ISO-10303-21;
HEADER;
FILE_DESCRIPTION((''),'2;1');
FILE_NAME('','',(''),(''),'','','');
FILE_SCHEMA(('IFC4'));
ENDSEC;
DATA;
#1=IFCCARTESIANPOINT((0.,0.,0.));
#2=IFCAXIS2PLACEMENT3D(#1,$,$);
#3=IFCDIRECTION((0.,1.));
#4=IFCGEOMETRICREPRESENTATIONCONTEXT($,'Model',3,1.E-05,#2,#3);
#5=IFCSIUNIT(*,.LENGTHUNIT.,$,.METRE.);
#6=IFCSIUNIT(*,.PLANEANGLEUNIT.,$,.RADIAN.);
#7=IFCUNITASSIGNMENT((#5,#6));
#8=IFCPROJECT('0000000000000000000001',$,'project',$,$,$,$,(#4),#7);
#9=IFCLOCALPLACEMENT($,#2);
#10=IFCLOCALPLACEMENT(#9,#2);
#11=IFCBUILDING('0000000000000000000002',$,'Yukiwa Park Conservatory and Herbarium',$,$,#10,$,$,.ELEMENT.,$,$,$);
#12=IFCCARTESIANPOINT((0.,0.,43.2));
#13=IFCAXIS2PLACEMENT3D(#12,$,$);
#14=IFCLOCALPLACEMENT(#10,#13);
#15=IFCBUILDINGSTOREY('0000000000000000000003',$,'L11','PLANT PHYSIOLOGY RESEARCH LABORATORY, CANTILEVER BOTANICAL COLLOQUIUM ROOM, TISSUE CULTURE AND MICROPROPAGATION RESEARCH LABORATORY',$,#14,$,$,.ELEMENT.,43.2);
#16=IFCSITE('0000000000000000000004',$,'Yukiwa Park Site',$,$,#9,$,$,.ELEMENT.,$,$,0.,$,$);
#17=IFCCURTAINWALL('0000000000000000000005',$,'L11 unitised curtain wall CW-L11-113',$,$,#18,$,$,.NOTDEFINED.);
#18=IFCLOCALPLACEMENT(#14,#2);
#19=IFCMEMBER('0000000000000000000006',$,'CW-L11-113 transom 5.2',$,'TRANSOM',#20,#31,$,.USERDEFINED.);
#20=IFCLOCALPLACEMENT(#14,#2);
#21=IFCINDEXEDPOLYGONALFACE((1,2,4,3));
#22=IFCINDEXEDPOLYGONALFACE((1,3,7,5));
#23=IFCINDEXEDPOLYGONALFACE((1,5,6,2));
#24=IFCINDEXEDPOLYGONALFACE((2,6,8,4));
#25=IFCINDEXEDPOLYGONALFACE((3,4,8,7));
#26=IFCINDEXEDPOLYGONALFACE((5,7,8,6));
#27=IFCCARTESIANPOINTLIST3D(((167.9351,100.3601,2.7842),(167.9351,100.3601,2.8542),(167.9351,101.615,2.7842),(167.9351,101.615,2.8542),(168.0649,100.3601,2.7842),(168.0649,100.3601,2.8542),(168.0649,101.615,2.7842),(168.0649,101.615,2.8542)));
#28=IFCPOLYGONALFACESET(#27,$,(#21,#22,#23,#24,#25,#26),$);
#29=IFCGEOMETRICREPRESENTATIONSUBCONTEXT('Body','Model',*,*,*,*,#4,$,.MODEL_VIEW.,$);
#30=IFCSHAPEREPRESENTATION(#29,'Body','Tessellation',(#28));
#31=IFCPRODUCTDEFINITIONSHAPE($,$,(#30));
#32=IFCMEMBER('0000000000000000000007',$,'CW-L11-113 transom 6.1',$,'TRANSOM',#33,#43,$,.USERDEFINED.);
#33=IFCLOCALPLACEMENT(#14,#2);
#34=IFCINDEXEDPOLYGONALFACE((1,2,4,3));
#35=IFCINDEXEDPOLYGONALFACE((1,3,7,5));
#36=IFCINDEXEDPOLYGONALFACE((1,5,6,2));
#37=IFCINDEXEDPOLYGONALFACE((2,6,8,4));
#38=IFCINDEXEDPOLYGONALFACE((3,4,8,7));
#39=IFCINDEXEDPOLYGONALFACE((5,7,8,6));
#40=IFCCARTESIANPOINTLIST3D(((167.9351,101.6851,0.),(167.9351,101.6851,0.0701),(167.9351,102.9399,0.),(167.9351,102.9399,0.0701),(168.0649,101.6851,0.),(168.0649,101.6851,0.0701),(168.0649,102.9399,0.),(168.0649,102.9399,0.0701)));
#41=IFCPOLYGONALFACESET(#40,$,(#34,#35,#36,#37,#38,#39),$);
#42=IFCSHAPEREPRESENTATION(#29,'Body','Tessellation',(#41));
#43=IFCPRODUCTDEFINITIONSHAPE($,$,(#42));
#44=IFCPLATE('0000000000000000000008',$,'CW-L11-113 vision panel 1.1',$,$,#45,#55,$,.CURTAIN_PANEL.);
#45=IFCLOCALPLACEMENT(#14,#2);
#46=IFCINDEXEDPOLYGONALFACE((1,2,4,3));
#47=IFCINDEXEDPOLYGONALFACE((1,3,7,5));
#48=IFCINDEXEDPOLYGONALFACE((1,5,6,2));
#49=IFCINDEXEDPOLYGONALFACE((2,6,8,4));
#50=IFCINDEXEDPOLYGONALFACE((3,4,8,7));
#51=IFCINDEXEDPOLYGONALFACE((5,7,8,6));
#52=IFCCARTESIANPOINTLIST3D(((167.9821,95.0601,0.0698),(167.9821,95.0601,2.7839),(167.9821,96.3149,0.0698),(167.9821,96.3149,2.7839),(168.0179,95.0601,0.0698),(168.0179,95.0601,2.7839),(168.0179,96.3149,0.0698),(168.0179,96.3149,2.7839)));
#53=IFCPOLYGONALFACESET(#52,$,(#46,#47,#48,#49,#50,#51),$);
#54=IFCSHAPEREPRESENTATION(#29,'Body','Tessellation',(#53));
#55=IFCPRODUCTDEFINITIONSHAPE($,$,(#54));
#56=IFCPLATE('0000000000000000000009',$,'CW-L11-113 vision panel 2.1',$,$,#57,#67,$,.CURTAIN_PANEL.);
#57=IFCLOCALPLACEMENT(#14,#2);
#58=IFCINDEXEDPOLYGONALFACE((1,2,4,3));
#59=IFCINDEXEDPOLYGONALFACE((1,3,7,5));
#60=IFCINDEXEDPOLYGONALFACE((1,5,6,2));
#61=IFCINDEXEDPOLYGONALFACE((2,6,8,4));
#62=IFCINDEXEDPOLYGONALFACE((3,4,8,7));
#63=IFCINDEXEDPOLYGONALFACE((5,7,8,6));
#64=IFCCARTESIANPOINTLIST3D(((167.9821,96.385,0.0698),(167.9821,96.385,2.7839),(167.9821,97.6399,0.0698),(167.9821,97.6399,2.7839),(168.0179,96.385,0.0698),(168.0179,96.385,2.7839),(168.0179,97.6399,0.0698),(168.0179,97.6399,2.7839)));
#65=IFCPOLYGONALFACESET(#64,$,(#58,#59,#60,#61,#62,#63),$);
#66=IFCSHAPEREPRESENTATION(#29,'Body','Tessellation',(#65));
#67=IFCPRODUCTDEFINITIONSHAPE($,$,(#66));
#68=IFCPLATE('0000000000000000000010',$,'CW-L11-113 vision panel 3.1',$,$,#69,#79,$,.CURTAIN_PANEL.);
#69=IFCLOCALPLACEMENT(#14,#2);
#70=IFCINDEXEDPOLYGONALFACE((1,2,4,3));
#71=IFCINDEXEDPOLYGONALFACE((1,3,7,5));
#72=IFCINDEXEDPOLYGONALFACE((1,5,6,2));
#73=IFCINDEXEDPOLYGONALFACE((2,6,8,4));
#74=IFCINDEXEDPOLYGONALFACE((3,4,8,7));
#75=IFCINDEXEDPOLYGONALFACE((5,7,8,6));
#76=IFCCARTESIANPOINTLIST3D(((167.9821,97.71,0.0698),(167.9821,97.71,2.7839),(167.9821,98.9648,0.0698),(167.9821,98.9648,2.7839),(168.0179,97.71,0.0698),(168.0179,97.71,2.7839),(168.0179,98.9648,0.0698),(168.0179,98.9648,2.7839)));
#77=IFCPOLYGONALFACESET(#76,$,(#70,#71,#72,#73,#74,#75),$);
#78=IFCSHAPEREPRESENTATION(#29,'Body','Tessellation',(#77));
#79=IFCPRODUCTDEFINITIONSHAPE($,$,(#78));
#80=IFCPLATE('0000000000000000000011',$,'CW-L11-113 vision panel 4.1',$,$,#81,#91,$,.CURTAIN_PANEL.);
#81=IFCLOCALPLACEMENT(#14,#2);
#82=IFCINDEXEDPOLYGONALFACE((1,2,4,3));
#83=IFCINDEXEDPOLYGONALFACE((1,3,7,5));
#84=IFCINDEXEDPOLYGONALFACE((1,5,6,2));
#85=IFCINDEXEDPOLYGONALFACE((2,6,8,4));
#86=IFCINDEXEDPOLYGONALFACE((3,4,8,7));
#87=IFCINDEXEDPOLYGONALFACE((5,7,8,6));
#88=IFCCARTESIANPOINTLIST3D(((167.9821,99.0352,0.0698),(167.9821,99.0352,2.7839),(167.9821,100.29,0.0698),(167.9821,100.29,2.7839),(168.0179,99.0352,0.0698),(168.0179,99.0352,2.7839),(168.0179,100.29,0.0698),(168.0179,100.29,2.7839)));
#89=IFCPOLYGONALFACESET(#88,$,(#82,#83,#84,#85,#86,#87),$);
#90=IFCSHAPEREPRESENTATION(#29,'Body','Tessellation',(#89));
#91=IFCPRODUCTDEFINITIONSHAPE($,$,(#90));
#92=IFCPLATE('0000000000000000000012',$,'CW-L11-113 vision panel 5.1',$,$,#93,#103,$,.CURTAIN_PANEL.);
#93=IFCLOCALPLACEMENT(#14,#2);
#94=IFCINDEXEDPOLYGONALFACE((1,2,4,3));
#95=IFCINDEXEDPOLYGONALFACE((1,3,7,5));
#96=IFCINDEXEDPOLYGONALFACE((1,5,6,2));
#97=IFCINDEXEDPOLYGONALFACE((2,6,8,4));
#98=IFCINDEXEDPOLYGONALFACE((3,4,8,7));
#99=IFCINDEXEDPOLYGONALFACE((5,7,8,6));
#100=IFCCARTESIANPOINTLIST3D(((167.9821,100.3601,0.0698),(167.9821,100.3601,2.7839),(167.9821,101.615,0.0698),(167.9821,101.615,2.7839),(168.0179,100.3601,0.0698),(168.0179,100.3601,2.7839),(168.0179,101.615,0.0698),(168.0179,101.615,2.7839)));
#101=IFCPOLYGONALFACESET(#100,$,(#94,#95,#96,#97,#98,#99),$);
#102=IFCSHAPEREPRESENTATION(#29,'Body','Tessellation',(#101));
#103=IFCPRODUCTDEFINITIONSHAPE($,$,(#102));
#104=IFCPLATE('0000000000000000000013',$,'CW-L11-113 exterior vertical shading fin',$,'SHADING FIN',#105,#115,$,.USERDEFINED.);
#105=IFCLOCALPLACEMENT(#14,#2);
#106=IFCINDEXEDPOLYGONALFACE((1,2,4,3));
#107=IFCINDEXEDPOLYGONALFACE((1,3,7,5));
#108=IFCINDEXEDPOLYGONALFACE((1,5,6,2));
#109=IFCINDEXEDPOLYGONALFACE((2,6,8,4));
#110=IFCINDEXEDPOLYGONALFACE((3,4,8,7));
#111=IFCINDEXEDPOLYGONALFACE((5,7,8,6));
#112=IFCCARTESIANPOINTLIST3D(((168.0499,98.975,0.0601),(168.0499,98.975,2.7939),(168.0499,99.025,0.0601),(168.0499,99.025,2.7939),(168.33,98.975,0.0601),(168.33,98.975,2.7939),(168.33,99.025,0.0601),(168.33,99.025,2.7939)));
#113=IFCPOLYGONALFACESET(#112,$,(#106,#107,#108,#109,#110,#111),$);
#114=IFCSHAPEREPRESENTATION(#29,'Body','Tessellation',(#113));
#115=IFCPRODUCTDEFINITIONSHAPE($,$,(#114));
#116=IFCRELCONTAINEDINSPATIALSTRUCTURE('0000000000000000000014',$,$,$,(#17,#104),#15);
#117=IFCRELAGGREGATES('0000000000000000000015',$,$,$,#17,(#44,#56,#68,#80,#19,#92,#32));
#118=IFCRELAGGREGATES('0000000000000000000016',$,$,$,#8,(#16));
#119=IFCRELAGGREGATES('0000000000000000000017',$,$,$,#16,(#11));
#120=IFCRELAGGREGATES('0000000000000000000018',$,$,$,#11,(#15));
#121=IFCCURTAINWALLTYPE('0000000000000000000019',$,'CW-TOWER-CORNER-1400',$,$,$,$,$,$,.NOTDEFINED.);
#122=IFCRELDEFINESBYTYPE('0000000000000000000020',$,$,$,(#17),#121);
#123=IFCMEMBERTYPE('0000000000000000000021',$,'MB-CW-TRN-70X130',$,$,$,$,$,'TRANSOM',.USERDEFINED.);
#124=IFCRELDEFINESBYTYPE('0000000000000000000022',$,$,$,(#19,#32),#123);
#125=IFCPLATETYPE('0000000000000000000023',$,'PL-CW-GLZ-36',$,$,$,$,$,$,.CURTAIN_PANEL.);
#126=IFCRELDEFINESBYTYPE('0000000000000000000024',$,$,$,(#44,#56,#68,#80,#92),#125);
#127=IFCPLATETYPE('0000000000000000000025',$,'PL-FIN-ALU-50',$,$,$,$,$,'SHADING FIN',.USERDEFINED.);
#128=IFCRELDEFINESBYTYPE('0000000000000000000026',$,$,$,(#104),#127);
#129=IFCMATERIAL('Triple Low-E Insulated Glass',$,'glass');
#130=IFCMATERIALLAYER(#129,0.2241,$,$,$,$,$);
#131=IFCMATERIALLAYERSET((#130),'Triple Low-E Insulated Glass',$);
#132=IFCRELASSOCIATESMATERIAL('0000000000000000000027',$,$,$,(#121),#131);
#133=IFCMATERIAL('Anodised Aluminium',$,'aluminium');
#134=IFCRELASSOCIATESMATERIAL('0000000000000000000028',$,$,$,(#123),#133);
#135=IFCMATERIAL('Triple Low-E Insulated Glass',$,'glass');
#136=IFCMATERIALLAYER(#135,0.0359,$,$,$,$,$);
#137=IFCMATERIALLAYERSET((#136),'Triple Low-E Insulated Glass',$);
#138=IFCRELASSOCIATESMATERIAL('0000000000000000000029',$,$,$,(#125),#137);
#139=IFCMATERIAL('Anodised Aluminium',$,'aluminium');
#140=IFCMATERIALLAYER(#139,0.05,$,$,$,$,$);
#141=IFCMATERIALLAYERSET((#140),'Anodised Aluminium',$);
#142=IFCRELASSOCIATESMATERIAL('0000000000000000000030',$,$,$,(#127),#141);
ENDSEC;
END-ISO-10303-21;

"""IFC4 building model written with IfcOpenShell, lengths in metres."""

from ifc_helpers import new_model, si_unit, direction, frame, origin, origin_2d, place, context, subcontext, project, spatial, rectangle, extrude, material, layer, layer_set, type_object, element, aggregate, save


model = new_model("IFC4")

# Units and contexts
model_context = context("Model", 3, precision=1e-05, world=origin(), true_north=direction((0.0, 1.0)))
body_context = subcontext(model_context, "Body", "Model", "MODEL_VIEW")
ifc_project = project(units=[si_unit("LENGTHUNIT", "METRE"), si_unit("PLANEANGLEUNIT", "RADIAN")], contexts=[model_context])

# Site, building, storey
site_placement = place(None, origin())
site = spatial("IfcSite", under=ifc_project, at=site_placement, Name="Yukiwa Park Site", CompositionType="ELEMENT", RefElevation=0.0)
building_placement = place(site_placement, origin())
building = spatial("IfcBuilding", under=site, at=building_placement, Name="Yukiwa Park Conservatory and Herbarium", CompositionType="ELEMENT")
storey_placement = place(building_placement, frame((0.0, 0.0, 43.2)))
storey = spatial("IfcBuildingStorey", under=building, at=storey_placement, Name="L11", Description="PLANT PHYSIOLOGY RESEARCH LABORATORY, CANTILEVER BOTANICAL COLLOQUIUM ROOM, TISSUE CULTURE AND MICROPROPAGATION RESEARCH LABORATORY", CompositionType="ELEMENT", Elevation=43.2)

# Curtain wall, members, plates
ifc_material_1 = material(Name="Triple Low-E Insulated Glass", Category="glass")
ifc_layer_1 = layer(ifc_material_1, 0.2241)
ifc_layer_set_1 = layer_set([ifc_layer_1], Name="Triple Low-E Insulated Glass")
curtain_wall_type = type_object("IfcCurtainWallType", Name="CW-TOWER-CORNER-1400", PredefinedType="NOTDEFINED", material=ifc_layer_set_1)
curtain_wall_placement = place(storey_placement, origin())
curtain_wall = element("IfcCurtainWall", 1, at=curtain_wall_placement, inside=storey, type_object=curtain_wall_type, Name="L11 unitised curtain wall CW-L11-113", PredefinedType="NOTDEFINED")
ifc_material_2 = material(Name="Anodised Aluminium", Category="aluminium")
member_type_1 = type_object("IfcMemberType", Name="MB-CW-TRN-70X130", ElementType="TRANSOM", PredefinedType="USERDEFINED", material=ifc_material_2)
member_1_placement = place(storey_placement, frame((168.0, 100.9875, 2.7842), z_axis=(0.0, 0.0, 1.0), x_axis=(0.0, 1.0, 0.0)))
member_1 = element("IfcMember", 2, at=member_1_placement, type_object=member_type_1, Name="CW-L11-113 transom 5.2", ObjectType="TRANSOM", PredefinedType="USERDEFINED", context=body_context, shape_type="SweptSolid", body=[
    extrude(rectangle(XDim=1.2549, YDim=0.1299, at=origin_2d()), origin(), (0.0, 0.0, 1.0), 0.0701),
])
member_2_placement = place(storey_placement, frame((168.0, 102.3125, 0.0), z_axis=(0.0, 0.0, 1.0), x_axis=(0.0, 1.0, 0.0)))
member_2 = element("IfcMember", 3, at=member_2_placement, type_object=member_type_1, Name="CW-L11-113 transom 6.1", ObjectType="TRANSOM", PredefinedType="USERDEFINED", context=body_context, shape_type="SweptSolid", body=[
    extrude(rectangle(XDim=1.2549, YDim=0.1299, at=origin_2d()), origin(), (0.0, 0.0, 1.0), 0.0701),
])
ifc_material_3 = material(Name="Triple Low-E Insulated Glass", Category="glass")
ifc_layer_2 = layer(ifc_material_3, 0.0359)
ifc_layer_set_2 = layer_set([ifc_layer_2], Name="Triple Low-E Insulated Glass")
plate_type_1 = type_object("IfcPlateType", Name="PL-CW-GLZ-36", PredefinedType="CURTAIN_PANEL", material=ifc_layer_set_2)
plate_1_placement = place(storey_placement, frame((168.0, 95.6875, 0.0698), z_axis=(0.0, 0.0, 1.0), x_axis=(0.0, 1.0, 0.0)))
plate_1 = element("IfcPlate", 4, at=plate_1_placement, type_object=plate_type_1, Name="CW-L11-113 vision panel 1.1", PredefinedType="CURTAIN_PANEL", context=body_context, shape_type="SweptSolid", body=[
    extrude(rectangle(XDim=1.2549, YDim=0.0359, at=origin_2d()), origin(), (0.0, 0.0, 1.0), 2.7141),
])
plate_2_placement = place(storey_placement, frame((168.0, 97.0125, 0.0698), z_axis=(0.0, 0.0, 1.0), x_axis=(0.0, 1.0, 0.0)))
plate_2 = element("IfcPlate", 5, at=plate_2_placement, type_object=plate_type_1, Name="CW-L11-113 vision panel 2.1", PredefinedType="CURTAIN_PANEL", context=body_context, shape_type="SweptSolid", body=[
    extrude(rectangle(XDim=1.2549, YDim=0.0359, at=origin_2d()), origin(), (0.0, 0.0, 1.0), 2.7141),
])
plate_3_placement = place(storey_placement, frame((168.0, 98.3374, 0.0698), z_axis=(0.0, 0.0, 1.0), x_axis=(0.0, 1.0, 0.0)))
plate_3 = element("IfcPlate", 6, at=plate_3_placement, type_object=plate_type_1, Name="CW-L11-113 vision panel 3.1", PredefinedType="CURTAIN_PANEL", context=body_context, shape_type="SweptSolid", body=[
    extrude(rectangle(XDim=1.2549, YDim=0.0359, at=origin_2d()), origin(), (0.0, 0.0, 1.0), 2.7141),
])
plate_4_placement = place(storey_placement, frame((168.0, 99.6626, 0.0698), z_axis=(0.0, 0.0, 1.0), x_axis=(0.0, 1.0, 0.0)))
plate_4 = element("IfcPlate", 7, at=plate_4_placement, type_object=plate_type_1, Name="CW-L11-113 vision panel 4.1", PredefinedType="CURTAIN_PANEL", context=body_context, shape_type="SweptSolid", body=[
    extrude(rectangle(XDim=1.2549, YDim=0.0359, at=origin_2d()), origin(), (0.0, 0.0, 1.0), 2.7141),
])
plate_5_placement = place(storey_placement, frame((168.0, 100.9875, 0.0698), z_axis=(0.0, 0.0, 1.0), x_axis=(0.0, 1.0, 0.0)))
plate_5 = element("IfcPlate", 8, at=plate_5_placement, type_object=plate_type_1, Name="CW-L11-113 vision panel 5.1", PredefinedType="CURTAIN_PANEL", context=body_context, shape_type="SweptSolid", body=[
    extrude(rectangle(XDim=1.2549, YDim=0.0359, at=origin_2d()), origin(), (0.0, 0.0, 1.0), 2.7141),
])
aggregate(curtain_wall, [plate_1, plate_2, plate_3, plate_4, member_1, plate_5, member_2])

# Plate
ifc_material_4 = material(Name="Anodised Aluminium", Category="aluminium")
ifc_layer_3 = layer(ifc_material_4, 0.05)
ifc_layer_set_3 = layer_set([ifc_layer_3], Name="Anodised Aluminium")
plate_type_2 = type_object("IfcPlateType", Name="PL-FIN-ALU-50", ElementType="SHADING FIN", PredefinedType="USERDEFINED", material=ifc_layer_set_3)
plate_6_placement = place(storey_placement, frame((168.1899, 99.0, 0.0601), z_axis=(0.0, 0.0, 1.0), x_axis=(0.0, 1.0, 0.0)))
element("IfcPlate", 9, at=plate_6_placement, inside=storey, type_object=plate_type_2, Name="CW-L11-113 exterior vertical shading fin", ObjectType="SHADING FIN", PredefinedType="USERDEFINED", context=body_context, shape_type="SweptSolid", body=[
    extrude(rectangle(XDim=0.05, YDim=0.28, at=origin_2d()), origin(), (0.0, 0.0, 1.0), 2.7339),
])

save(model, "model.ifc")
